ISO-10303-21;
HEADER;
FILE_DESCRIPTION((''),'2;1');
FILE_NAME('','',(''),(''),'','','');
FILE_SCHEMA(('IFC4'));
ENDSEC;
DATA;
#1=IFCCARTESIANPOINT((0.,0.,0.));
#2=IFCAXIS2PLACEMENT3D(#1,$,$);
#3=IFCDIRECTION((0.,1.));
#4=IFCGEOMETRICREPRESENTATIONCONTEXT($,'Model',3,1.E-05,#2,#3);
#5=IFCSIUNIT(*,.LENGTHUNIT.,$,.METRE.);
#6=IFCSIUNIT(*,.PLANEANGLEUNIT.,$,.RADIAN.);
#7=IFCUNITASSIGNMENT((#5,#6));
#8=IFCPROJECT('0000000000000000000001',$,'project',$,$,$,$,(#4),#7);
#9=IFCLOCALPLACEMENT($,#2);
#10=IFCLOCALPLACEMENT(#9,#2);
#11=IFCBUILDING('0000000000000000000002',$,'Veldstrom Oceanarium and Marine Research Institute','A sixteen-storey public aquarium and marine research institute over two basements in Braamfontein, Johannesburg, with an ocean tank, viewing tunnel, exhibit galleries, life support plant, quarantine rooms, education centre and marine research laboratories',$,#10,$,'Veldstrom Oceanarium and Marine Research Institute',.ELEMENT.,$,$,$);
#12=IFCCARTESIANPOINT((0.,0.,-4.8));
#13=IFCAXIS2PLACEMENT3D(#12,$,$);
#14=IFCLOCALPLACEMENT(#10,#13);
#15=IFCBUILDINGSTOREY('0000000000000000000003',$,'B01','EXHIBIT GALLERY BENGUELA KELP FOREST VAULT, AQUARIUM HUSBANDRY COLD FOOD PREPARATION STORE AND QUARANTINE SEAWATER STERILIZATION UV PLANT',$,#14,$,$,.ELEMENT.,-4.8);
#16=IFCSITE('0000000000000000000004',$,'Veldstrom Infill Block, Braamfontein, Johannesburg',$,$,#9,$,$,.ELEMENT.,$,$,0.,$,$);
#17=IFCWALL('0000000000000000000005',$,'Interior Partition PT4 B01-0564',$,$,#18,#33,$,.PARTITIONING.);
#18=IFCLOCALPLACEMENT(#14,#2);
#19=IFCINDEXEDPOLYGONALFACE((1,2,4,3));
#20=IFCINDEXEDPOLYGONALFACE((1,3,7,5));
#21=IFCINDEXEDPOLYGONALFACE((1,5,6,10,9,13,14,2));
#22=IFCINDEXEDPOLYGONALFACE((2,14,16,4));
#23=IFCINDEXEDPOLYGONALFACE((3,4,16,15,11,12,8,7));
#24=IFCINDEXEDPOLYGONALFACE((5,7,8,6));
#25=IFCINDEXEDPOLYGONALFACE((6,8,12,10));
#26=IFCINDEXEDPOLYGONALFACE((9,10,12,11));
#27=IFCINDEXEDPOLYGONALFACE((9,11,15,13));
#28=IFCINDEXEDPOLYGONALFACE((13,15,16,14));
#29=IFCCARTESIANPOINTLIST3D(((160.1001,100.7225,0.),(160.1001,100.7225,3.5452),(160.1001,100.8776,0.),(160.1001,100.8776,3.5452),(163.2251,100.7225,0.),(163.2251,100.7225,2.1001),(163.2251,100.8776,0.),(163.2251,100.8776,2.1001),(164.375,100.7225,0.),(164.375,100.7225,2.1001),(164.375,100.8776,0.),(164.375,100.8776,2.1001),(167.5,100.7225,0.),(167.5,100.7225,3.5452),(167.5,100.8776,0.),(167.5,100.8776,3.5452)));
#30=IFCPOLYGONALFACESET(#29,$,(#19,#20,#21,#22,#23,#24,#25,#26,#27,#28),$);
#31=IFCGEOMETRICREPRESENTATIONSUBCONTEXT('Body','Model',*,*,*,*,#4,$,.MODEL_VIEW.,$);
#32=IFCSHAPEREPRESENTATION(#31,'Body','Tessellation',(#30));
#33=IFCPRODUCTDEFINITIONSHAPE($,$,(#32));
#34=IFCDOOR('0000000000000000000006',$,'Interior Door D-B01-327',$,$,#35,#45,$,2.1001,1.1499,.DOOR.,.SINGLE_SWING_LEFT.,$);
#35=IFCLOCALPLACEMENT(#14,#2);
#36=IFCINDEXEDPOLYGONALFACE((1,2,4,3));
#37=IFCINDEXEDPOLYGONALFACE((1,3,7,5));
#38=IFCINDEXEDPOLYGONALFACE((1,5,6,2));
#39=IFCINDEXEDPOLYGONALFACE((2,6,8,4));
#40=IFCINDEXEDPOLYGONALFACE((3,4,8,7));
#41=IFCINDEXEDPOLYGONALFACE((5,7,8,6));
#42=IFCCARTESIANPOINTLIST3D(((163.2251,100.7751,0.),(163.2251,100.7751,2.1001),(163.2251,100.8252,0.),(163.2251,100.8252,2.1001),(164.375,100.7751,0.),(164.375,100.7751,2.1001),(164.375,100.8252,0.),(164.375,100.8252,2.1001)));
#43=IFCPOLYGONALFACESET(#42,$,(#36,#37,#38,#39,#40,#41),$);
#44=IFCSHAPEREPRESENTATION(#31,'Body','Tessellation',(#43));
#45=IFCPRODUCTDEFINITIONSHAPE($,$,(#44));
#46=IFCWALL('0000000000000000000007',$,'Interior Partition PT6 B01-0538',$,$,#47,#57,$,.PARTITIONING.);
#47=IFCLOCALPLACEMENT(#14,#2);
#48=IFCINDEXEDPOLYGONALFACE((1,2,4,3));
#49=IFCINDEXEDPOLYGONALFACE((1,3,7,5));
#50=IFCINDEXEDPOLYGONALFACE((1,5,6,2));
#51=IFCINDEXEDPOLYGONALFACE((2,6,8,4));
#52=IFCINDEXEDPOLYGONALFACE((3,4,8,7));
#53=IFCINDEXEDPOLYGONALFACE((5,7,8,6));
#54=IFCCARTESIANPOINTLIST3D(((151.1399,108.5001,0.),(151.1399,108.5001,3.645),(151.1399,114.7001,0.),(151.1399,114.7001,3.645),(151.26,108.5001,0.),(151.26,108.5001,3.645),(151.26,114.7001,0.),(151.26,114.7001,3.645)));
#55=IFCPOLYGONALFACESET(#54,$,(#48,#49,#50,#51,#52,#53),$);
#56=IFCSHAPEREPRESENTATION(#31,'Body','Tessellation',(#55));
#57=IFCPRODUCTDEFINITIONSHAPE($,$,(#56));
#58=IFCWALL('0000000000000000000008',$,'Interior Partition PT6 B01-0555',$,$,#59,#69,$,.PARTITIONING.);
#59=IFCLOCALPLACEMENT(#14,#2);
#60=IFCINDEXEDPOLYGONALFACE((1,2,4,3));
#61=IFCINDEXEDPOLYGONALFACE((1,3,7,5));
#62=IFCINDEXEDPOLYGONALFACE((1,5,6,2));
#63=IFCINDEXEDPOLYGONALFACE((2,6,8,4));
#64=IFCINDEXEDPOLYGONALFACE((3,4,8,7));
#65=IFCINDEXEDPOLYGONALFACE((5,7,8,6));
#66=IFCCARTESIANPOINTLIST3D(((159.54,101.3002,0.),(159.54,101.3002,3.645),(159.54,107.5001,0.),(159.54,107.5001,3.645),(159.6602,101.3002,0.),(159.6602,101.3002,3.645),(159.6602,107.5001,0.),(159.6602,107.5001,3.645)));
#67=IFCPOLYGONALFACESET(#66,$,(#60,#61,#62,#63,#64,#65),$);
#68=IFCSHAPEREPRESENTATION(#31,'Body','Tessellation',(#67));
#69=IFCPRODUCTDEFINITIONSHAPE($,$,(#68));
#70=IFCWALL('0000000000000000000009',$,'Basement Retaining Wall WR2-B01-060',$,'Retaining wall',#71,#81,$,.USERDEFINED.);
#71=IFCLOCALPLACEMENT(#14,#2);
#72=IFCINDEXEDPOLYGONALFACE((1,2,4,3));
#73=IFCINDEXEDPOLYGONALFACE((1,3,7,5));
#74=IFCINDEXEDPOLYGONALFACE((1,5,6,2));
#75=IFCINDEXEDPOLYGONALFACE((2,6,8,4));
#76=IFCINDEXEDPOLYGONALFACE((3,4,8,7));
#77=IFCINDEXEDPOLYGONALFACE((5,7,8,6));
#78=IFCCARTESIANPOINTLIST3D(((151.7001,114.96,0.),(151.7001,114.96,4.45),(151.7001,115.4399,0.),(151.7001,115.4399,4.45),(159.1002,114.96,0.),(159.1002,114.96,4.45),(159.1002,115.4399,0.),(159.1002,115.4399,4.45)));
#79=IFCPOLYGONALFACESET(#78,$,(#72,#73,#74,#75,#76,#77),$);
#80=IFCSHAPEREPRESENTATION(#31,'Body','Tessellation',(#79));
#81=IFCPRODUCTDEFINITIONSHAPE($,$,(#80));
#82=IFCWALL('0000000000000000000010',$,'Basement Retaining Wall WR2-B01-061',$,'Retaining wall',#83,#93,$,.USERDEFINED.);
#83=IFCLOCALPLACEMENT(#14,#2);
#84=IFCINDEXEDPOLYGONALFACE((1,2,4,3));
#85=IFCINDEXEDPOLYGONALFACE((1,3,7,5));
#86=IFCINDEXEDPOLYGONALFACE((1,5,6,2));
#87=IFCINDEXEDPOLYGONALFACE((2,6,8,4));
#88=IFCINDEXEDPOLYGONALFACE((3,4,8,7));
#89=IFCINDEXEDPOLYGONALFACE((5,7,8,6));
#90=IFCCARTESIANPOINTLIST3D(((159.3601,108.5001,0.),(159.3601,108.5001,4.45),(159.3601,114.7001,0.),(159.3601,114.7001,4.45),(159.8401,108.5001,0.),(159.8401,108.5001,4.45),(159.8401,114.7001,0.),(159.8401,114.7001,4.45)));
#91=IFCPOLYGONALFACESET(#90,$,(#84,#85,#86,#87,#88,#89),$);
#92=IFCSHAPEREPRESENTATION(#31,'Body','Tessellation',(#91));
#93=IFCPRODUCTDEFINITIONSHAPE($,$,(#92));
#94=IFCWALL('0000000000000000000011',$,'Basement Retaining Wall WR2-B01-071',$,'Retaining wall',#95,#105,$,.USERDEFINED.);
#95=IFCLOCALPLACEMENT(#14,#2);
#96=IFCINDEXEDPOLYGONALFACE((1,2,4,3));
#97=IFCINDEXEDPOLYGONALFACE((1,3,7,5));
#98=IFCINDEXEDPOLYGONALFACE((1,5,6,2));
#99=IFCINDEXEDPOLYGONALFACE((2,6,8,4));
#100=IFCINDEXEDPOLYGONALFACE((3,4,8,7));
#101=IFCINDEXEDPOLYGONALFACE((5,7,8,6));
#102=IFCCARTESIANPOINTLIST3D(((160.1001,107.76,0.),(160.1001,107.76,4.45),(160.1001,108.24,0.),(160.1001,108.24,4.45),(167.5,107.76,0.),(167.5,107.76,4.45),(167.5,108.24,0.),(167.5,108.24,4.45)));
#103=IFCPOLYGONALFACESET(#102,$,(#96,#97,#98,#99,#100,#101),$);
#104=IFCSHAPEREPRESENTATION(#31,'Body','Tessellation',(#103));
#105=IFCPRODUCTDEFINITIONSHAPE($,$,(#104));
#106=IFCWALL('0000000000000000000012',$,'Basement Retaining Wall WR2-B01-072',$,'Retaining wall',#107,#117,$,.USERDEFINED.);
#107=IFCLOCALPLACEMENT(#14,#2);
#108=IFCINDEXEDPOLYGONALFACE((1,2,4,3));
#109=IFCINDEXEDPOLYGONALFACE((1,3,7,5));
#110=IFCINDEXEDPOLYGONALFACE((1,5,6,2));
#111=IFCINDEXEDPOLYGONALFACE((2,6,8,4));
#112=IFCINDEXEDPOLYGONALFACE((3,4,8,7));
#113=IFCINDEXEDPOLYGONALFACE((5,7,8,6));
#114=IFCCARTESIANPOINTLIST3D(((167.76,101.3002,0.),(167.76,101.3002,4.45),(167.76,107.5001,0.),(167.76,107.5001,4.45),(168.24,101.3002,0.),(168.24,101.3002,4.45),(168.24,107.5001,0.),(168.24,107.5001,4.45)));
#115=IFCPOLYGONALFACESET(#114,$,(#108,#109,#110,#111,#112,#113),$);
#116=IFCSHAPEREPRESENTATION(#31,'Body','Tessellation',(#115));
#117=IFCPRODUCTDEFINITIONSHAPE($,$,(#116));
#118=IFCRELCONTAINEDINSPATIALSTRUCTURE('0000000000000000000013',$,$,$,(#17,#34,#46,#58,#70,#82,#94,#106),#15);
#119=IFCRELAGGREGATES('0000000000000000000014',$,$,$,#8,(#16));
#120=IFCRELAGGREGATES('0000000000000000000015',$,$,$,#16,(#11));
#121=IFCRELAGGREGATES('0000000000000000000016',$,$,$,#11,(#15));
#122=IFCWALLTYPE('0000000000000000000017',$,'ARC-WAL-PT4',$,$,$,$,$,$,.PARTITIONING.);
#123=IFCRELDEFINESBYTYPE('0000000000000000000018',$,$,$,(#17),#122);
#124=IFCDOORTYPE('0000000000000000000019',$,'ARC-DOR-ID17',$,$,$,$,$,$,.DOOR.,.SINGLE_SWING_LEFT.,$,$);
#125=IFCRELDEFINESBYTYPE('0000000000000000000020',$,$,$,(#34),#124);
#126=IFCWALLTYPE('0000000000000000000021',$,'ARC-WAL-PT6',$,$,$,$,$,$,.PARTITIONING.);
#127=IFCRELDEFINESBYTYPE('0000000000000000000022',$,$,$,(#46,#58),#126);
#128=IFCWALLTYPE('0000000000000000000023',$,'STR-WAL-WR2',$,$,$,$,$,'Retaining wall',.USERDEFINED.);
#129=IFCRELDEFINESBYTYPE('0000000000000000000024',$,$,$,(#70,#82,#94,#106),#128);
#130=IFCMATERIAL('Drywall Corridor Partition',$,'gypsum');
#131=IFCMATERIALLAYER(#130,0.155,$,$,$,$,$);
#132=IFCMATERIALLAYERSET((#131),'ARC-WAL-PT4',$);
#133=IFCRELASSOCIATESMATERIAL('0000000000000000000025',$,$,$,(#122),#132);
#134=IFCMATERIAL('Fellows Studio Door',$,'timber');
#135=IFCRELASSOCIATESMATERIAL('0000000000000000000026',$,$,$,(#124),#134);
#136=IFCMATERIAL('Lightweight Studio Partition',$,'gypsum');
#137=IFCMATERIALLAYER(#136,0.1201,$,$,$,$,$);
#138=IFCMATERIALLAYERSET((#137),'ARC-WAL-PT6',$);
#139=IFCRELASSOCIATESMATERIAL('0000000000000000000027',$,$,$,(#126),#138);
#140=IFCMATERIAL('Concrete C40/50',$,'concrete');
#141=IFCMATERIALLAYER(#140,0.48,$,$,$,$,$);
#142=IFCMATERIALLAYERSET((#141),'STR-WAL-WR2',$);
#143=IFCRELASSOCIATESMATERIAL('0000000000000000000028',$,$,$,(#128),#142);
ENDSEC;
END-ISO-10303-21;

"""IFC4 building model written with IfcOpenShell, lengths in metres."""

from ifc_helpers import new_model, si_unit, direction, frame, frame_2d, origin, place, context, subcontext, project, spatial, rectangle, extrude, material, layer, layer_set, type_object, element, fill, save


model = new_model("IFC4")

# Units and contexts
model_context = context("Model", 3, precision=1e-05, world=origin(), true_north=direction((0.0, 1.0)))
body_context = subcontext(model_context, "Body", "Model", "MODEL_VIEW")
ifc_project = project(units=[si_unit("LENGTHUNIT", "METRE"), si_unit("PLANEANGLEUNIT", "RADIAN")], contexts=[model_context])

# Site, building, storey
site_placement = place(None, origin())
site = spatial("IfcSite", under=ifc_project, at=site_placement, Name="Veldstrom Infill Block, Braamfontein, Johannesburg", CompositionType="ELEMENT", RefElevation=0.0)
building_placement = place(site_placement, origin())
building = spatial("IfcBuilding", under=site, at=building_placement, Name="Veldstrom Oceanarium and Marine Research Institute", Description="A sixteen-storey public aquarium and marine research institute over two basements in Braamfontein, Johannesburg, with an ocean tank, viewing tunnel, exhibit galleries, life support plant, quarantine rooms, education centre and marine research laboratories", LongName="Veldstrom Oceanarium and Marine Research Institute", CompositionType="ELEMENT")
storey_placement = place(building_placement, frame((0.0, 0.0, -4.8)))
storey = spatial("IfcBuildingStorey", under=building, at=storey_placement, Name="B01", Description="EXHIBIT GALLERY BENGUELA KELP FOREST VAULT, AQUARIUM HUSBANDRY COLD FOOD PREPARATION STORE AND QUARANTINE SEAWATER STERILIZATION UV PLANT", CompositionType="ELEMENT", Elevation=-4.8)

# Wall, opening, door
ifc_material_1 = material(Name="Drywall Corridor Partition", Category="gypsum")
ifc_layer_1 = layer(ifc_material_1, 0.155)
ifc_layer_set_1 = layer_set([ifc_layer_1], Name="ARC-WAL-PT4")
wall_type_1 = type_object("IfcWallType", Name="ARC-WAL-PT4", PredefinedType="PARTITIONING", material=ifc_layer_set_1)
ifc_material_2 = material(Name="Fellows Studio Door", Category="timber")
door_type = type_object("IfcDoorType", Name="ARC-DOR-ID17", OperationType="SINGLE_SWING_LEFT", PredefinedType="DOOR", material=ifc_material_2)
wall_1_placement = place(storey_placement, frame((160.1001, 100.8, 0.0), z_axis=(0.0, 0.0, 1.0), x_axis=(1.0, 0.0, 0.0)))
wall_1 = element("IfcWall", 1, at=wall_1_placement, inside=storey, type_object=wall_type_1, Name="Interior Partition PT4 B01-0564", PredefinedType="PARTITIONING", context=body_context, shape_type="SweptSolid", body=[
    extrude(rectangle(XDim=7.3999, YDim=0.155, at=frame_2d((3.7, 0.0))), origin(), (0.0, 0.0, 1.0), 3.5452),
])
opening_1_placement = place(wall_1_placement, frame((3.125, 0.0, 0.0)))
opening_1 = element("IfcOpeningElement", 2, at=opening_1_placement, cuts=wall_1, PredefinedType="OPENING", context=body_context, shape_type="SweptSolid", body=[
    extrude(rectangle(XDim=1.1499, YDim=2.1001, at=frame_2d((0.575, 1.05))), frame((0.0, 0.0874, 0.0), z_axis=(0.0, -1.0, 0.0), x_axis=(1.0, 0.0, 0.0)), (0.0, 0.0, 1.0), 0.175),
])
door_1_placement = place(opening_1_placement, frame((1.1499, 0.0, 0.0), z_axis=(0.0, 0.0, 1.0), x_axis=(-1.0, 0.0, 0.0)))
door_1 = element("IfcDoor", 3, at=door_1_placement, inside=storey, type_object=door_type, Name="Interior Door D-B01-327", OperationType="SINGLE_SWING_LEFT", OverallHeight=2.1001, OverallWidth=1.1499, PredefinedType="DOOR", context=body_context, shape_type="SweptSolid", body=[
    extrude(rectangle(XDim=1.1499, YDim=2.1001, at=frame_2d((0.575, 1.05))), frame((0.0, 0.0249, 0.0), z_axis=(0.0, -1.0, 0.0), x_axis=(1.0, 0.0, 0.0)), (0.0, 0.0, 1.0), 0.05),
])
fill(opening_1, door_1)

# Walls
ifc_material_3 = material(Name="Lightweight Studio Partition", Category="gypsum")
ifc_layer_2 = layer(ifc_material_3, 0.1201)
ifc_layer_set_2 = layer_set([ifc_layer_2], Name="ARC-WAL-PT6")
wall_type_2 = type_object("IfcWallType", Name="ARC-WAL-PT6", PredefinedType="PARTITIONING", material=ifc_layer_set_2)
for number, where, z_axis, x_axis, name in (
    (4, (151.2, 108.5, 0.0), (0.0, 0.0, 1.0), (0.0, 1.0, 0.0), "Interior Partition PT6 B01-0538"),
    (5, (159.6001, 101.3, 0.0), (0.0, 0.0, 1.0), (0.0, 1.0, 0.0), "Interior Partition PT6 B01-0555"),
):
    element("IfcWall", number, at=place(storey_placement, frame(where, z_axis=z_axis, x_axis=x_axis)), inside=storey, type_object=wall_type_2, Name=name, PredefinedType="PARTITIONING", context=body_context, shape_type="SweptSolid", body=[
        extrude(rectangle(XDim=6.2, YDim=0.1201, at=frame_2d((3.1001, 0.0))), origin(), (0.0, 0.0, 1.0), 3.645),
    ])
ifc_material_4 = material(Name="Concrete C40/50", Category="concrete")
ifc_layer_3 = layer(ifc_material_4, 0.48)
ifc_layer_set_3 = layer_set([ifc_layer_3], Name="STR-WAL-WR2")
wall_type_3 = type_object("IfcWallType", Name="STR-WAL-WR2", ElementType="Retaining wall", PredefinedType="USERDEFINED", material=ifc_layer_set_3)
wall_2_placement = place(storey_placement, frame((151.7, 115.2, 0.0), z_axis=(0.0, 0.0, 1.0), x_axis=(1.0, 0.0, 0.0)))
element("IfcWall", 6, at=wall_2_placement, inside=storey, type_object=wall_type_3, Name="Basement Retaining Wall WR2-B01-060", ObjectType="Retaining wall", PredefinedType="USERDEFINED", context=body_context, shape_type="SweptSolid", body=[
    extrude(rectangle(XDim=7.4001, YDim=0.48, at=frame_2d((3.7002, 0.0))), origin(), (0.0, 0.0, 1.0), 4.45),
])
wall_3_placement = place(storey_placement, frame((159.6001, 108.5, 0.0), z_axis=(0.0, 0.0, 1.0), x_axis=(0.0, 1.0, 0.0)))
element("IfcWall", 7, at=wall_3_placement, inside=storey, type_object=wall_type_3, Name="Basement Retaining Wall WR2-B01-061", ObjectType="Retaining wall", PredefinedType="USERDEFINED", context=body_context, shape_type="SweptSolid", body=[
    extrude(rectangle(XDim=6.2, YDim=0.48, at=frame_2d((3.1001, 0.0))), origin(), (0.0, 0.0, 1.0), 4.45),
])
wall_4_placement = place(storey_placement, frame((160.1001, 108.0, 0.0), z_axis=(0.0, 0.0, 1.0), x_axis=(1.0, 0.0, 0.0)))
element("IfcWall", 8, at=wall_4_placement, inside=storey, type_object=wall_type_3, Name="Basement Retaining Wall WR2-B01-071", ObjectType="Retaining wall", PredefinedType="USERDEFINED", context=body_context, shape_type="SweptSolid", body=[
    extrude(rectangle(XDim=7.3999, YDim=0.48, at=frame_2d((3.7, 0.0))), origin(), (0.0, 0.0, 1.0), 4.45),
])
wall_5_placement = place(storey_placement, frame((168.0, 101.3, 0.0), z_axis=(0.0, 0.0, 1.0), x_axis=(0.0, 1.0, 0.0)))
element("IfcWall", 9, at=wall_5_placement, inside=storey, type_object=wall_type_3, Name="Basement Retaining Wall WR2-B01-072", ObjectType="Retaining wall", PredefinedType="USERDEFINED", context=body_context, shape_type="SweptSolid", body=[
    extrude(rectangle(XDim=6.2, YDim=0.48, at=frame_2d((3.1001, 0.0))), origin(), (0.0, 0.0, 1.0), 4.45),
])

save(model, "model.ifc")
